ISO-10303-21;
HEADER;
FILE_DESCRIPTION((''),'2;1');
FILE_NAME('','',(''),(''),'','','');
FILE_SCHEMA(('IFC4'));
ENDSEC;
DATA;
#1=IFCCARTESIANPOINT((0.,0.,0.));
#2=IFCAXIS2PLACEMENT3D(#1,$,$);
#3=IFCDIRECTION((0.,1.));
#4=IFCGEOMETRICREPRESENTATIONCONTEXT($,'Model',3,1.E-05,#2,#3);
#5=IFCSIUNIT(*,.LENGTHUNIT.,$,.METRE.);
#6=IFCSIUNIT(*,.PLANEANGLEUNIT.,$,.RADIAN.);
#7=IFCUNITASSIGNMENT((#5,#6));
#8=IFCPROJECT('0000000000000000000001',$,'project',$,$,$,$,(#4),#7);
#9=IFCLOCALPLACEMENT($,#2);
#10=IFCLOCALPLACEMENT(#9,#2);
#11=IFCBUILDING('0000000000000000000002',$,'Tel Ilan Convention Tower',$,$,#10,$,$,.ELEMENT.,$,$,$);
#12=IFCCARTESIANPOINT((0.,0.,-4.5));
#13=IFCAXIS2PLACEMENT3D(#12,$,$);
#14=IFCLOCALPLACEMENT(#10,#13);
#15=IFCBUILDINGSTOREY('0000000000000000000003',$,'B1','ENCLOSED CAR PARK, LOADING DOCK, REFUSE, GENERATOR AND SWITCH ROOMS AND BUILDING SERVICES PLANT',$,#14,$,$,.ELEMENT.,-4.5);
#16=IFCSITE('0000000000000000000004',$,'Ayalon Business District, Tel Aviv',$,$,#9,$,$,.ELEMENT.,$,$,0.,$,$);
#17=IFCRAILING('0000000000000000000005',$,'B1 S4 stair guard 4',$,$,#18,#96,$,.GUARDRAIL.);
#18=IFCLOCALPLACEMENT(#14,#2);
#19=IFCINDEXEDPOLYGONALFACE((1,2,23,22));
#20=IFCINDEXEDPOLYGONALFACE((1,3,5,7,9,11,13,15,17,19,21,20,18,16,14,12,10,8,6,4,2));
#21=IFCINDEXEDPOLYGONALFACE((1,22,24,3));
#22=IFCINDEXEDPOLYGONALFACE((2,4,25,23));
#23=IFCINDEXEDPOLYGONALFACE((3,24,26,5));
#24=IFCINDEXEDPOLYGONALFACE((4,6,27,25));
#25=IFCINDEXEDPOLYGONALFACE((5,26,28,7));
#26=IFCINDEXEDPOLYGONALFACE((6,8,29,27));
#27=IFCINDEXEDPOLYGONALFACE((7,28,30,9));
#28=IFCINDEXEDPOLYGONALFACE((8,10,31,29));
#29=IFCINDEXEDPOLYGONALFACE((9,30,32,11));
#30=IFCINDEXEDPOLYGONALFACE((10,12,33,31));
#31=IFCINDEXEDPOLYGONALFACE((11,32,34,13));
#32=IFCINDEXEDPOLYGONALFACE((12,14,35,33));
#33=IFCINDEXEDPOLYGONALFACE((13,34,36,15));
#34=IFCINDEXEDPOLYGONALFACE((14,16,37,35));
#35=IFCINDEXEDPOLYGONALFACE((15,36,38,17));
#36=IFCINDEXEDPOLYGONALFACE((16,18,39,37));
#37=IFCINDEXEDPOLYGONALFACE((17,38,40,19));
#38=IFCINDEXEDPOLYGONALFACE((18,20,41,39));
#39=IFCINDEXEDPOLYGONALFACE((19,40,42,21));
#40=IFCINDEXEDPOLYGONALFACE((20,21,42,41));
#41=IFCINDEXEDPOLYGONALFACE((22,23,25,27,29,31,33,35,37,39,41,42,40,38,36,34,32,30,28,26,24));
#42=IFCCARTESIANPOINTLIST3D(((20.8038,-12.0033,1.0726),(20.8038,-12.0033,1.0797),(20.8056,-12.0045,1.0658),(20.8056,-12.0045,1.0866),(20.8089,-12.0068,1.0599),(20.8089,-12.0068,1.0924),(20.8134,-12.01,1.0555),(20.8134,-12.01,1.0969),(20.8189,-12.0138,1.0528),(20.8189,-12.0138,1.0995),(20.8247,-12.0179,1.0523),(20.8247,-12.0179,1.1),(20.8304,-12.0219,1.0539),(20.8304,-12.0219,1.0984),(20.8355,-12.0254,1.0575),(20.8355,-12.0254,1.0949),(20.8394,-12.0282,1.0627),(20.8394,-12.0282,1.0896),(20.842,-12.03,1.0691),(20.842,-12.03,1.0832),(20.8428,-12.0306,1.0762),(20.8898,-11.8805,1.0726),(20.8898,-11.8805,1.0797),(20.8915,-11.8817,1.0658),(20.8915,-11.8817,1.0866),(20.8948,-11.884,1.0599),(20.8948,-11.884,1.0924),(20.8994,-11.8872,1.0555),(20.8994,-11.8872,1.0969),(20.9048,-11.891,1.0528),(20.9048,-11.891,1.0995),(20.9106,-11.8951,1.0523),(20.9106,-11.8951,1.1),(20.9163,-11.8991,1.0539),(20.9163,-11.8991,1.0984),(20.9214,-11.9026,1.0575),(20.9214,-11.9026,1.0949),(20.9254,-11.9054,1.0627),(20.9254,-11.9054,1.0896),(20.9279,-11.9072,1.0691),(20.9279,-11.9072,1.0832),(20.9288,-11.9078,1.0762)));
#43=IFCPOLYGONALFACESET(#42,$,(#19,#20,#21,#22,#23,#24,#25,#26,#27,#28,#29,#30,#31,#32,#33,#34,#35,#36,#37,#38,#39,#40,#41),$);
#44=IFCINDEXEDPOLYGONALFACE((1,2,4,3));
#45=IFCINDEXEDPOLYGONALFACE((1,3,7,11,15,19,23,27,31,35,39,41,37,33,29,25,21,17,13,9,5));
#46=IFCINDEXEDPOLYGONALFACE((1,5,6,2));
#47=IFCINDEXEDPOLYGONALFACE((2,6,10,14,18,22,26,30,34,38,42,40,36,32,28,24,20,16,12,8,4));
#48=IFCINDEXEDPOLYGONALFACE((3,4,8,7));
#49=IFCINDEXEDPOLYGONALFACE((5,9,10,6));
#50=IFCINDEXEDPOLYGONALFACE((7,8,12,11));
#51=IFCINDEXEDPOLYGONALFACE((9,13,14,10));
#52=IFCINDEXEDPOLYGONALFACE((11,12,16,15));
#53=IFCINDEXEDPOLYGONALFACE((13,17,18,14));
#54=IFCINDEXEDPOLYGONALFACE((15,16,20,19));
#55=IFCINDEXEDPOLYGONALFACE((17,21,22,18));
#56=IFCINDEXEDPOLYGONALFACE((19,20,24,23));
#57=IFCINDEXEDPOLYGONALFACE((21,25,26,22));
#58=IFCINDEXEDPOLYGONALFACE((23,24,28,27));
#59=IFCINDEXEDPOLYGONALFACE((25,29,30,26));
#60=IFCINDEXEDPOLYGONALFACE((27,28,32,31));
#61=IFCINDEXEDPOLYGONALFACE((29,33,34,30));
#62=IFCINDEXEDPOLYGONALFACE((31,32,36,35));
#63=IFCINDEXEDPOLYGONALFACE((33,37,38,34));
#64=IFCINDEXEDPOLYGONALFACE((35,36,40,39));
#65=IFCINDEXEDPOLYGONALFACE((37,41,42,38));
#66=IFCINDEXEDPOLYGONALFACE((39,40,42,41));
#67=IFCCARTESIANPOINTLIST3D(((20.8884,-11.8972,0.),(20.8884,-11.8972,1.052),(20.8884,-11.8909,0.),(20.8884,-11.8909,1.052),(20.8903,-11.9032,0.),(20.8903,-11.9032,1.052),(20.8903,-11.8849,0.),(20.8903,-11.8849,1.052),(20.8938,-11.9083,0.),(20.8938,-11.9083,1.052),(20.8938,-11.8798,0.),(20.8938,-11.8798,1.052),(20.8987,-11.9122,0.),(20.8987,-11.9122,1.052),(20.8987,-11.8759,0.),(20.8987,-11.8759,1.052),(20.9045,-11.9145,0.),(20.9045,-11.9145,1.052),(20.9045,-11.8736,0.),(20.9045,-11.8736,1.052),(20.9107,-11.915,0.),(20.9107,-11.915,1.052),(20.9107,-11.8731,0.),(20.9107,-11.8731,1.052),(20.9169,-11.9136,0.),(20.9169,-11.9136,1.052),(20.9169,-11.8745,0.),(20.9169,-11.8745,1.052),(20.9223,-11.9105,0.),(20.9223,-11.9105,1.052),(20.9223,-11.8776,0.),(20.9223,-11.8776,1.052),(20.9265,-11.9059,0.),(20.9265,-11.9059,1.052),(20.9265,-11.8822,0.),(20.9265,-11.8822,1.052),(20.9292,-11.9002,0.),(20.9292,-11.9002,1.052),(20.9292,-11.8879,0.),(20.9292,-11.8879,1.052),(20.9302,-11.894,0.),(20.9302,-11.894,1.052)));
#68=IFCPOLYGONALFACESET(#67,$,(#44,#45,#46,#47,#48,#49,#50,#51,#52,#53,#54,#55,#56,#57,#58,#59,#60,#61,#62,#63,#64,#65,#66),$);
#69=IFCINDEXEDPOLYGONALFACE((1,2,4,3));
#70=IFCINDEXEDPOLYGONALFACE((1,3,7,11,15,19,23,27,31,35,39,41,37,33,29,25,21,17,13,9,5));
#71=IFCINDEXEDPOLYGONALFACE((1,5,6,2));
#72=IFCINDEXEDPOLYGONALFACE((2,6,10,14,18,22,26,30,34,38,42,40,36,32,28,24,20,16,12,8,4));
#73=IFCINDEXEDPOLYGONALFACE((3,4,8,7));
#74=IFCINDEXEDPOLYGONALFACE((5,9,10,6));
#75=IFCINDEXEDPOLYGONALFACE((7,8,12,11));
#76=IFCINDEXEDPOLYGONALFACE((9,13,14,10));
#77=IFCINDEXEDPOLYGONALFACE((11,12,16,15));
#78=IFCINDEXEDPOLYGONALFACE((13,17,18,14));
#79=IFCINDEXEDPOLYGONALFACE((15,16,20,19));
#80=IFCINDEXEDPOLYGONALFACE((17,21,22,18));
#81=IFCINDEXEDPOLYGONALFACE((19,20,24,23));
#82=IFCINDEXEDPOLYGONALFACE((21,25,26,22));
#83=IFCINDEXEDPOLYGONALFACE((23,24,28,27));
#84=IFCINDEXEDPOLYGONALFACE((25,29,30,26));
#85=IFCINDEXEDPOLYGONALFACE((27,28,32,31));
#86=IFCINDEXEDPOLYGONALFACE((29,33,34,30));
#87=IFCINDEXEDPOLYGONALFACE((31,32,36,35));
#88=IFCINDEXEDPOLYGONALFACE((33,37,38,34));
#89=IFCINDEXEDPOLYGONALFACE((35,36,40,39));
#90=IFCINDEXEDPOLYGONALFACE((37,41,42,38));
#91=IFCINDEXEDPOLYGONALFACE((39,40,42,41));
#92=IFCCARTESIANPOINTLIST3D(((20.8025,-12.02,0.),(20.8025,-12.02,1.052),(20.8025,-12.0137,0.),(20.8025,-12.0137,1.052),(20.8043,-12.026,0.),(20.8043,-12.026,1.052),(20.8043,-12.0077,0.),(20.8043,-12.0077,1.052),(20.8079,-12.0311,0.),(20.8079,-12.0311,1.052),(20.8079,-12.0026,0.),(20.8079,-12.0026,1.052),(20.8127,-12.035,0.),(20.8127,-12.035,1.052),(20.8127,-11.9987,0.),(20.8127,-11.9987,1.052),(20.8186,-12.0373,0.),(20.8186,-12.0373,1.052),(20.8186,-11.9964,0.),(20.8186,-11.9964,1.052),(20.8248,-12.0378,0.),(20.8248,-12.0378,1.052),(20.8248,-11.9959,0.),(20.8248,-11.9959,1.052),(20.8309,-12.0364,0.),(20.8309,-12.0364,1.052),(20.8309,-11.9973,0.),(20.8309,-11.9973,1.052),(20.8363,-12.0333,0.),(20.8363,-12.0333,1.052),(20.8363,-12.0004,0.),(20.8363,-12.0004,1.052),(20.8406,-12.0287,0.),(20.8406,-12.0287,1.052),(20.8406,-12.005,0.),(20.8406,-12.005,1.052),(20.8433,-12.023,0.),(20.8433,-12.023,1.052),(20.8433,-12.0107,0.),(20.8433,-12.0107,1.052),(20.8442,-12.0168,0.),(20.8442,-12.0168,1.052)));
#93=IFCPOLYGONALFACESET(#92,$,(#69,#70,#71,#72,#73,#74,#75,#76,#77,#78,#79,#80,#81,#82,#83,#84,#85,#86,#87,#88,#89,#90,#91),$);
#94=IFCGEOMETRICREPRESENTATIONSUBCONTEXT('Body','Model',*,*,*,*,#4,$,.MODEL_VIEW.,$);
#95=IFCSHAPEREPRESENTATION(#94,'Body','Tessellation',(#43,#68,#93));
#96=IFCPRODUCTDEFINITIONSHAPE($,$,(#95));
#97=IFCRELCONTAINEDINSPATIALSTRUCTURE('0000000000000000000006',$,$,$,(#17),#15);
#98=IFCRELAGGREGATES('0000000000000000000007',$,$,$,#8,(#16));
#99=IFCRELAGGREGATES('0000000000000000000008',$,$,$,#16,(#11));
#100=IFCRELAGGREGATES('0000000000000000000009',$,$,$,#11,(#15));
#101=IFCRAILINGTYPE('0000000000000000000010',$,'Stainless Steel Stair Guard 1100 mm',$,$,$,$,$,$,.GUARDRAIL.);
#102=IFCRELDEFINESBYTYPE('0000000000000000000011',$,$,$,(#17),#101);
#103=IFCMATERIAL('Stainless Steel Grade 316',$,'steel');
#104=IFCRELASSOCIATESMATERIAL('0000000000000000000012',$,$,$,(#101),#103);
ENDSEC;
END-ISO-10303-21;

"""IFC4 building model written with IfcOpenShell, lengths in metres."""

from ifc_helpers import new_model, si_unit, direction, frame, origin, origin_2d, place, context, subcontext, project, spatial, circle, extrude, material, type_object, element, save


model = new_model("IFC4")

# Units and contexts
model_context = context("Model", 3, precision=1e-05, world=origin(), true_north=direction((0.0, 1.0)))
body_context = subcontext(model_context, "Body", "Model", "MODEL_VIEW")
ifc_project = project(units=[si_unit("LENGTHUNIT", "METRE"), si_unit("PLANEANGLEUNIT", "RADIAN")], contexts=[model_context])

# Site, building, storey
site_placement = place(None, origin())
site = spatial("IfcSite", under=ifc_project, at=site_placement, Name="Ayalon Business District, Tel Aviv", CompositionType="ELEMENT", RefElevation=0.0)
building_placement = place(site_placement, origin())
building = spatial("IfcBuilding", under=site, at=building_placement, Name="Tel Ilan Convention Tower", CompositionType="ELEMENT")
storey_placement = place(building_placement, frame((0.0, 0.0, -4.5)))
storey = spatial("IfcBuildingStorey", under=building, at=storey_placement, Name="B1", Description="ENCLOSED CAR PARK, LOADING DOCK, REFUSE, GENERATOR AND SWITCH ROOMS AND BUILDING SERVICES PLANT", CompositionType="ELEMENT", Elevation=-4.5)

# Railing
ifc_material_1 = material(Name="Stainless Steel Grade 316", Category="steel")
railing_type_1 = type_object("IfcRailingType", Name="Stainless Steel Stair Guard 1100 mm", PredefinedType="GUARDRAIL", material=ifc_material_1)
railing_1_placement = place(storey_placement, frame((20.9092, -11.894, 0.0)))
element("IfcRailing", 1, at=railing_1_placement, inside=storey, type_object=railing_type_1, Name="B1 S4 stair guard 4", PredefinedType="GUARDRAIL", context=body_context, shape_type="SweptSolid", body=[
    extrude(circle(Radius=0.0239, at=origin_2d()), frame((0.0, 0.0, 1.0762), z_axis=(-0.573353, -0.819308, 0.0), x_axis=(0.819308, -0.573353, 0.0)), (0.0, 0.0, 1.0), 0.1499),
    extrude(circle(Radius=0.021, at=origin_2d()), origin(), (0.0, 0.0, 1.0), 1.052),
    extrude(circle(Radius=0.021, at=origin_2d()), frame((-0.0859, -0.1228, 0.0)), (0.0, 0.0, 1.0), 1.052),
])

save(model, "model.ifc")
